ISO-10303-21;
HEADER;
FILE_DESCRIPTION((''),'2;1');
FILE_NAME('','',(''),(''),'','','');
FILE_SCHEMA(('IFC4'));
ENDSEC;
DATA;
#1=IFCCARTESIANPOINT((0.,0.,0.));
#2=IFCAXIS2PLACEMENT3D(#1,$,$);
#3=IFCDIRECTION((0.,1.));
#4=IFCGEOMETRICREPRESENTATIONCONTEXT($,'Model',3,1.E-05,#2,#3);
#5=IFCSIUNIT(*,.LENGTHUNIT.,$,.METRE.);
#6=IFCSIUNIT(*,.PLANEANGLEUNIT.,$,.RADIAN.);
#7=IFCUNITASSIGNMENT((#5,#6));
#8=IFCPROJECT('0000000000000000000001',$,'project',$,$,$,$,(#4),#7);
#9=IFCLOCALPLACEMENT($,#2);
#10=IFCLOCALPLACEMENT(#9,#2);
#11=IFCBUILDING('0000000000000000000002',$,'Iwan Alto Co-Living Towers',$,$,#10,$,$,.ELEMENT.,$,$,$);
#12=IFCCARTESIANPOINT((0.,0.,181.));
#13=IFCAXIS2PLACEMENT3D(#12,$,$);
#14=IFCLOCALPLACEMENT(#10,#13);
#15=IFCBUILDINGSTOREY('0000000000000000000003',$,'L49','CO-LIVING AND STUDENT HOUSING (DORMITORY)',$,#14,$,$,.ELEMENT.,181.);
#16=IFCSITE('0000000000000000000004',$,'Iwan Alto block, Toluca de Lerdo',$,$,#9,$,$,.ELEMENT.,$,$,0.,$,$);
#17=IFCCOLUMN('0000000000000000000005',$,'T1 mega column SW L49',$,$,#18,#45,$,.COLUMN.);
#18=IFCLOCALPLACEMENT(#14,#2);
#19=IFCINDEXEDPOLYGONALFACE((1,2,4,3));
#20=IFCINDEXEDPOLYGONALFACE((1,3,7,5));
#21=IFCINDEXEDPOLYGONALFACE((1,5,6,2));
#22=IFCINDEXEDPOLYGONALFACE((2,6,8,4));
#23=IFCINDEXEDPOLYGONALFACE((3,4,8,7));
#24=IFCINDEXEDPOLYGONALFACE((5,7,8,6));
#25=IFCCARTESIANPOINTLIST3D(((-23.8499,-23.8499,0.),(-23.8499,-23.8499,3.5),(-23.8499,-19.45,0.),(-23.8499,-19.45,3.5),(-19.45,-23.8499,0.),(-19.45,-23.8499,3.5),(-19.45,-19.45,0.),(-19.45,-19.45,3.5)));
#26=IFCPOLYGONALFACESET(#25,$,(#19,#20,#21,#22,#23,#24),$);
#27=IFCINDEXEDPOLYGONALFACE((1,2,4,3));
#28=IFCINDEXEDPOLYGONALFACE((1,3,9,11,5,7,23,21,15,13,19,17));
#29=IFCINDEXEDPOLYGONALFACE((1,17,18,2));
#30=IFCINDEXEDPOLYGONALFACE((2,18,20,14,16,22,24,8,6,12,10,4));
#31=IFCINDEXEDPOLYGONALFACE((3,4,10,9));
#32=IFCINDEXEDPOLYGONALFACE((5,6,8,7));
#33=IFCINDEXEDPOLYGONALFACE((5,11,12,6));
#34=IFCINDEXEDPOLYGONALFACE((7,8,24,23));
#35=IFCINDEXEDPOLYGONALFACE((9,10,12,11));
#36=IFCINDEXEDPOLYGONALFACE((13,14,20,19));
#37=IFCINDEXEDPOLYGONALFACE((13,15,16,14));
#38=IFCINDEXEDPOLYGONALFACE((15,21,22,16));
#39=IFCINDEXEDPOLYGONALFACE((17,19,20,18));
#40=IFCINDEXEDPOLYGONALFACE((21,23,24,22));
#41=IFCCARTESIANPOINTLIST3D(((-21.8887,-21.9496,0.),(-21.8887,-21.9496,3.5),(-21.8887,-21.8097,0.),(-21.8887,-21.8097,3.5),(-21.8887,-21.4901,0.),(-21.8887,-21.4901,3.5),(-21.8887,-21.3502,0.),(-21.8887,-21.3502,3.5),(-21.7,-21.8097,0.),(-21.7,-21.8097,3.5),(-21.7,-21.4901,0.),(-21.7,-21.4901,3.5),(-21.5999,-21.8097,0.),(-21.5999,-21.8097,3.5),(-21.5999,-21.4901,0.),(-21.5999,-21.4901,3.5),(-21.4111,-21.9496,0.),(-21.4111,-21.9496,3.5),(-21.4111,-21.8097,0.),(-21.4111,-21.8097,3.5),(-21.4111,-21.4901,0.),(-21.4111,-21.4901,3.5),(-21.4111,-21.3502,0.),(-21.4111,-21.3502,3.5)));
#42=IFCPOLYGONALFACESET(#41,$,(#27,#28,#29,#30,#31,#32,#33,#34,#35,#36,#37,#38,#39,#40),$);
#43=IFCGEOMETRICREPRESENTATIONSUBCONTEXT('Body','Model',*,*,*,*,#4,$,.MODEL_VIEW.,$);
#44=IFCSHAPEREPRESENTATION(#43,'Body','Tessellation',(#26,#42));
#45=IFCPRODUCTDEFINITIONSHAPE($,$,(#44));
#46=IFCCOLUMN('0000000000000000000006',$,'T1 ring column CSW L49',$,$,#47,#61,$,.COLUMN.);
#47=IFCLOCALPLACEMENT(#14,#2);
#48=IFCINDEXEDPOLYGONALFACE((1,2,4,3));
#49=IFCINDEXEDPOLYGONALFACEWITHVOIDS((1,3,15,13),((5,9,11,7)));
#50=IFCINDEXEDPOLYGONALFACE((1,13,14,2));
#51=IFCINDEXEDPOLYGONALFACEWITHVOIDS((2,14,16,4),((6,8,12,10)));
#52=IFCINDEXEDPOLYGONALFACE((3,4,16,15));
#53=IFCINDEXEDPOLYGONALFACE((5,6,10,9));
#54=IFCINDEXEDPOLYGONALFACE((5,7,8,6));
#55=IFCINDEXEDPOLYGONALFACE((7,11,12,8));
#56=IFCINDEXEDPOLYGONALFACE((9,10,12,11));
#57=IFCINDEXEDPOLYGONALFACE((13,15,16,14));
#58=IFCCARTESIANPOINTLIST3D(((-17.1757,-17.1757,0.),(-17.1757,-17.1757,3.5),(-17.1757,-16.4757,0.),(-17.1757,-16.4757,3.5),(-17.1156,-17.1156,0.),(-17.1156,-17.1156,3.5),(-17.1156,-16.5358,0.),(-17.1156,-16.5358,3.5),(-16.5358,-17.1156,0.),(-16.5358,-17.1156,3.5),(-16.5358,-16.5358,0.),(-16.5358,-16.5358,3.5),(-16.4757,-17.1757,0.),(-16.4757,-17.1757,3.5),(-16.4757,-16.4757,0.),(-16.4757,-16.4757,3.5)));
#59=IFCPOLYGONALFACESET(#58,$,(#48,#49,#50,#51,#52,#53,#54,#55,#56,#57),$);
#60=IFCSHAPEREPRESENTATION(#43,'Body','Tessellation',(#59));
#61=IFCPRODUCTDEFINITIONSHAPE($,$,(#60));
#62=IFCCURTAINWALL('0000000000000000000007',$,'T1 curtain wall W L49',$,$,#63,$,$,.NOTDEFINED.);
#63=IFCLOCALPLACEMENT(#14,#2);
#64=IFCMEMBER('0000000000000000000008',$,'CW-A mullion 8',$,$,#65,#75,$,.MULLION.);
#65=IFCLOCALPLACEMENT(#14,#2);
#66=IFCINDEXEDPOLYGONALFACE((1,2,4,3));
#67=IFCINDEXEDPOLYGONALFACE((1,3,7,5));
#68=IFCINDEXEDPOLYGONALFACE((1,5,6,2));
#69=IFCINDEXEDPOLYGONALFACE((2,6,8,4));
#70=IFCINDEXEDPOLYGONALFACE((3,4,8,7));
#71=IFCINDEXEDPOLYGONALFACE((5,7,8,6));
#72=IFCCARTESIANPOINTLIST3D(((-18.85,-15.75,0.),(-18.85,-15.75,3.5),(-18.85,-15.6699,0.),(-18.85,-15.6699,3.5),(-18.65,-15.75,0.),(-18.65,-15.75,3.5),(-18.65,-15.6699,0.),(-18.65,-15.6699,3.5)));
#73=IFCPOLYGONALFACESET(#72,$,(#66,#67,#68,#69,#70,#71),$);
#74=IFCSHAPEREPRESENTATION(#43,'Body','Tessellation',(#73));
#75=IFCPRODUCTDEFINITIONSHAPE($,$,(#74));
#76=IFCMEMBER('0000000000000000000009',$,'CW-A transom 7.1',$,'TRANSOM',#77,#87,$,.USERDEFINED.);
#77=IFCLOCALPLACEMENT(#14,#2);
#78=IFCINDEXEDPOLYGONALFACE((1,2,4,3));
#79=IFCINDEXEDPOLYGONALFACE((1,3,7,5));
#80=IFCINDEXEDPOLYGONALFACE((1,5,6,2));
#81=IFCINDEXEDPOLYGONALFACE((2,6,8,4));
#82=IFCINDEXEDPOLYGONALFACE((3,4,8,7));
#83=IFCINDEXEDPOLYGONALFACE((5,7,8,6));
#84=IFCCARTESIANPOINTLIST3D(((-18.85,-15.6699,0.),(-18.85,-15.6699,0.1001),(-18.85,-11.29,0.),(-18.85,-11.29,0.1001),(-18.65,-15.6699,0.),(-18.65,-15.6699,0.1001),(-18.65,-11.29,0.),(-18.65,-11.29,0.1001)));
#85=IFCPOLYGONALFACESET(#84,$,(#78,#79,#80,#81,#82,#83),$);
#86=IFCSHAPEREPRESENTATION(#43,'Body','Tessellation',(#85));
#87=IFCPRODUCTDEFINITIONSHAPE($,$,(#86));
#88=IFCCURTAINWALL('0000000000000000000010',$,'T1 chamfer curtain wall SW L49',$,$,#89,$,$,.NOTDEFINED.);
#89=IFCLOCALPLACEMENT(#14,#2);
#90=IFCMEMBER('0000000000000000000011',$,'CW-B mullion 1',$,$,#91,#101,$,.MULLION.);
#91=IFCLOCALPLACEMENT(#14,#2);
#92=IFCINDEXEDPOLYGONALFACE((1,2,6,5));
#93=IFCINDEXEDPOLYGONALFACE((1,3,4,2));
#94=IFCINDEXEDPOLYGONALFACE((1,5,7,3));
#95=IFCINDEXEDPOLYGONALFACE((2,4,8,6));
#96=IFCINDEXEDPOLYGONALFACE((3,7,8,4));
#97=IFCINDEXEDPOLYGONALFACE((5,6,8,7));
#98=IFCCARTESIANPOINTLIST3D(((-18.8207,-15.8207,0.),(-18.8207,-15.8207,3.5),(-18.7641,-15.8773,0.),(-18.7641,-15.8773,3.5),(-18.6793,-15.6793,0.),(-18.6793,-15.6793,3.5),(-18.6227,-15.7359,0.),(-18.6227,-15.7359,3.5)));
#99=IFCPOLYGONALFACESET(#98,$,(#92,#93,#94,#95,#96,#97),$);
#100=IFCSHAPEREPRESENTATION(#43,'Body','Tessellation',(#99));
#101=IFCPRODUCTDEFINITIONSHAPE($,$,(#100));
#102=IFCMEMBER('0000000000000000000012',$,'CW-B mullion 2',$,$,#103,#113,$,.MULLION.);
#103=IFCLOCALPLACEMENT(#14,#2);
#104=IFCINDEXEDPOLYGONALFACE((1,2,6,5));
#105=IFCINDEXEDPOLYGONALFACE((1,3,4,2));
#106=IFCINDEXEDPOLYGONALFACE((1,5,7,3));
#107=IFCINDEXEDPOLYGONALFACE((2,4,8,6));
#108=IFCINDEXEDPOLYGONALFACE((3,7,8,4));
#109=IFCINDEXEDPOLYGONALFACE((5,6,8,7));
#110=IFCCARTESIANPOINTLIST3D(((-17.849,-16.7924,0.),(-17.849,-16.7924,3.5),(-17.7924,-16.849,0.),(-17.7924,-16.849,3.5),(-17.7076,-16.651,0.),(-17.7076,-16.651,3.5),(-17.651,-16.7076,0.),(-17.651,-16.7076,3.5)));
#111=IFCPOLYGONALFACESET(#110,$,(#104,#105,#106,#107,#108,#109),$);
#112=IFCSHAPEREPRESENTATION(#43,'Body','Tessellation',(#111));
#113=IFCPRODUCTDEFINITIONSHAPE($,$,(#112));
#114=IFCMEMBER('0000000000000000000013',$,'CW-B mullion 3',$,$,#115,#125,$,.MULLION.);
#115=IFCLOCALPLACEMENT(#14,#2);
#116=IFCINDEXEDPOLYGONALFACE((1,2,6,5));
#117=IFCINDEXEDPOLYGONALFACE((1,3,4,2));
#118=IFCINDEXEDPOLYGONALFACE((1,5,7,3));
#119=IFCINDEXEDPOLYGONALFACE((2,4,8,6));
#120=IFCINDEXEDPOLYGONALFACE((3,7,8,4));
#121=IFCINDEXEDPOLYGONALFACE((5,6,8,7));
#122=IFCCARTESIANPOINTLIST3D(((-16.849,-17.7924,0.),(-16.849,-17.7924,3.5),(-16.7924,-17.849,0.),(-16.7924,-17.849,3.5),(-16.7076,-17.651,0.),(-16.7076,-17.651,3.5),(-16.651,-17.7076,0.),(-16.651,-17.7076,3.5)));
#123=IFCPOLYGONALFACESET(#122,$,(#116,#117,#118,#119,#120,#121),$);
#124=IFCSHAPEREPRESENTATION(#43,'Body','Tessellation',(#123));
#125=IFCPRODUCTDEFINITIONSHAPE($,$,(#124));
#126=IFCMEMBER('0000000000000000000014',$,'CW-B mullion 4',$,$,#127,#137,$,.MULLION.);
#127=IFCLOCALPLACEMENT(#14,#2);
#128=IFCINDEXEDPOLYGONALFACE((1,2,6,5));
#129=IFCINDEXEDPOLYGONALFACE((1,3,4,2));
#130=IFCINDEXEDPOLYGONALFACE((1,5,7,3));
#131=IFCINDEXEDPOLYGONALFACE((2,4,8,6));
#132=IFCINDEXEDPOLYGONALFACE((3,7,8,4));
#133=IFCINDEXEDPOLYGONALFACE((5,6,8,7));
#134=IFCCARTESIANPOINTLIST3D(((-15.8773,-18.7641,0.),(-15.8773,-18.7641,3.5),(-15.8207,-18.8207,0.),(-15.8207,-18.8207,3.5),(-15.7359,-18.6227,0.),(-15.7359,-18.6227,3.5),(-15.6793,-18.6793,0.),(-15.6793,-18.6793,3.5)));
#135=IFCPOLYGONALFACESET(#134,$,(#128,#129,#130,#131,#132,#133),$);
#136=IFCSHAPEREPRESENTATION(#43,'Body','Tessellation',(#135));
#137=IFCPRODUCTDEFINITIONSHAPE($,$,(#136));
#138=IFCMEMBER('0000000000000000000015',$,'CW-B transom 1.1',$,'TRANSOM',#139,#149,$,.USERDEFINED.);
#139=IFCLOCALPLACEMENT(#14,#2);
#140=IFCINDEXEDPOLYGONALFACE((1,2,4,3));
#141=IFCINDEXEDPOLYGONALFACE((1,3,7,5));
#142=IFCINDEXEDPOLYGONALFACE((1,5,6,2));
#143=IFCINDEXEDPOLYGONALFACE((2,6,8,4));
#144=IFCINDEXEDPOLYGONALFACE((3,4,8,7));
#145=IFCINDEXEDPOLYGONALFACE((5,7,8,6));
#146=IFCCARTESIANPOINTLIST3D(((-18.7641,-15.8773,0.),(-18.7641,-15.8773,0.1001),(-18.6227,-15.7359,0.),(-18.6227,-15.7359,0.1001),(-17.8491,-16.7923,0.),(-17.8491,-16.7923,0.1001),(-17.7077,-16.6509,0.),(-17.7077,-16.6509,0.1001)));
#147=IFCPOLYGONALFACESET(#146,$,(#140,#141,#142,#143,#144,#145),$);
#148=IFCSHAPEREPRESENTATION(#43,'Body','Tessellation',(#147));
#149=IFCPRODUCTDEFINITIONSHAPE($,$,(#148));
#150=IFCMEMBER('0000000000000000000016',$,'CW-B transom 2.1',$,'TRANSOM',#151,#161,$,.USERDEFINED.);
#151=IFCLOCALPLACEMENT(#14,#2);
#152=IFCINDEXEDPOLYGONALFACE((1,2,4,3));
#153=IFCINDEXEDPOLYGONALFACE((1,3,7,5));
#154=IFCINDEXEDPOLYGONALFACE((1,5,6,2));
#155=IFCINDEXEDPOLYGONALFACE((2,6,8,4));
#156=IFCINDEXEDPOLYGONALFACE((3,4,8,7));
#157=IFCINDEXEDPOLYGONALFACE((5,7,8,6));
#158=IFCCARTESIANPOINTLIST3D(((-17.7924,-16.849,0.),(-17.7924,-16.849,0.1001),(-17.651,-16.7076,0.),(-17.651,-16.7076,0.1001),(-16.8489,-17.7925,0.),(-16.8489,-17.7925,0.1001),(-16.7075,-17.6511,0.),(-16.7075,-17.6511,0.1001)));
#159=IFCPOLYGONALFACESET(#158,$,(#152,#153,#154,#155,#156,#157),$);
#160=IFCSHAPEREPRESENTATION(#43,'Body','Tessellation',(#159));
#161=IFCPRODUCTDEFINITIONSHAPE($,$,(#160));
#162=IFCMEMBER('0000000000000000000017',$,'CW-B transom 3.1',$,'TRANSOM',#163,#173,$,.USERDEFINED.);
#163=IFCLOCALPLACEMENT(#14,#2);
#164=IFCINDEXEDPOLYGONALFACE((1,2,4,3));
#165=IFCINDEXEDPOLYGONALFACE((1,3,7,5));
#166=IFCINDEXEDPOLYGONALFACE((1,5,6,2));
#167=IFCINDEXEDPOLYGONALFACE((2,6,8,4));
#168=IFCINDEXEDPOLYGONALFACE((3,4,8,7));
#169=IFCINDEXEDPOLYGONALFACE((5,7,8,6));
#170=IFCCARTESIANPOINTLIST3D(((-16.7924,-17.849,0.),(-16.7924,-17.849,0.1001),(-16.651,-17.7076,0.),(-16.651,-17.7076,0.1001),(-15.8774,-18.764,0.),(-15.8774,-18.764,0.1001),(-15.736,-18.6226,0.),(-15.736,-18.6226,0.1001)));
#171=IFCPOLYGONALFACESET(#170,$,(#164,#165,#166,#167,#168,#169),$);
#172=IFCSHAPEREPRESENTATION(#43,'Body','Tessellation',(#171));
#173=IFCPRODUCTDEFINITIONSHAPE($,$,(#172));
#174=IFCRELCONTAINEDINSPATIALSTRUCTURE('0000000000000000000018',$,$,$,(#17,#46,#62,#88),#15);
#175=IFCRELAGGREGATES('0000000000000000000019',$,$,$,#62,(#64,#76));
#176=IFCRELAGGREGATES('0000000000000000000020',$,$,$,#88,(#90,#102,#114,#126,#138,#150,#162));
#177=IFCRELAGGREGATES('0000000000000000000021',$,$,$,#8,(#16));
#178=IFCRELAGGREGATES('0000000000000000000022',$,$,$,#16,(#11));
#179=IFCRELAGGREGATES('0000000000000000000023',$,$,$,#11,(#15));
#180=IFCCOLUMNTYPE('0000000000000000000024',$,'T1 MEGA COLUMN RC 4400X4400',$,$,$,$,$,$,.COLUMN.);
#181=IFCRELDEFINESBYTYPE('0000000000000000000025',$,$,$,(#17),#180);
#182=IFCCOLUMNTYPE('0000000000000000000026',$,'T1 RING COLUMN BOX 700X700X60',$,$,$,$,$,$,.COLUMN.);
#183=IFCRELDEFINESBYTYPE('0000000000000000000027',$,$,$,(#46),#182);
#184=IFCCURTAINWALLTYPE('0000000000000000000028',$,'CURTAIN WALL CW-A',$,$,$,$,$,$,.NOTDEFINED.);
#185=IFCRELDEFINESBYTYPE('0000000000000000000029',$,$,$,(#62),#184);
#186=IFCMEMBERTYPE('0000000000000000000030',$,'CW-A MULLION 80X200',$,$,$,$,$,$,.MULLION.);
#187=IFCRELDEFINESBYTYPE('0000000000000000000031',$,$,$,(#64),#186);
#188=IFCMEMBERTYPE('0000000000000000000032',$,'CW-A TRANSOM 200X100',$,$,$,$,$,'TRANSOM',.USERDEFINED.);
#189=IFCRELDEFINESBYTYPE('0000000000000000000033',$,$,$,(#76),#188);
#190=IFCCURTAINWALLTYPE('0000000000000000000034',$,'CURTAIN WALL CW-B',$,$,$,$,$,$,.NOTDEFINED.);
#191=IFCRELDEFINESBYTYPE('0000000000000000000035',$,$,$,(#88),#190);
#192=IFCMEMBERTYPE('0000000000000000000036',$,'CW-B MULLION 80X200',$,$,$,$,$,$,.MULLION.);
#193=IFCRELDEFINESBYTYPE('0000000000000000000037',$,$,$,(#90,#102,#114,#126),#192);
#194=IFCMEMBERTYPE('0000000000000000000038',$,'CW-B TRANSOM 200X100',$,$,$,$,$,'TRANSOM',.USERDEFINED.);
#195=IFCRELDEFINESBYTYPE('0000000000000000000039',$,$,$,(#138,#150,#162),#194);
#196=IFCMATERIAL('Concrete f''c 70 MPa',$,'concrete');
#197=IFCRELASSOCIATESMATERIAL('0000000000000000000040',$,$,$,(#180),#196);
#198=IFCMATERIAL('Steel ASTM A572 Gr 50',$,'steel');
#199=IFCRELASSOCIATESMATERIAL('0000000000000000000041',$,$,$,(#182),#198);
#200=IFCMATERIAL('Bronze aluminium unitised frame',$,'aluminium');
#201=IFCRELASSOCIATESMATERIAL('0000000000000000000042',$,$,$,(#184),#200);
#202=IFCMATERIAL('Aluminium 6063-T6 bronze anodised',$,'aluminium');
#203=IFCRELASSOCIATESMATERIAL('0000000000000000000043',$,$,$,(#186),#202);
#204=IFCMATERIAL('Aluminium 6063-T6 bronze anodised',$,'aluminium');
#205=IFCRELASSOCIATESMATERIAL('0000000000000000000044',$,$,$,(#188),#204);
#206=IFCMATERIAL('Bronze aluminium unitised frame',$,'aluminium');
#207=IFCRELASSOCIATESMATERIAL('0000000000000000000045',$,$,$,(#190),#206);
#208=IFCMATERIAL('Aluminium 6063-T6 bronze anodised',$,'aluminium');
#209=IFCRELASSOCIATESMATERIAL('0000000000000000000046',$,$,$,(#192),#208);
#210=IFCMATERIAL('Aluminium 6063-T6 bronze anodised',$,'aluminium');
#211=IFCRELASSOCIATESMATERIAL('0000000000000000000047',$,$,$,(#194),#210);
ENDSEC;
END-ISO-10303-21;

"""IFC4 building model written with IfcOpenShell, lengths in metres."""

from ifc_helpers import new_model, si_unit, direction, frame, origin, origin_2d, place, context, subcontext, project, spatial, rectangle, hollow_rectangle, i_section, extrude, material, material_profile, profile_set, type_object, element, aggregate, save


model = new_model("IFC4")

# Units and contexts
model_context = context("Model", 3, precision=1e-05, world=origin(), true_north=direction((0.0, 1.0)))
body_context = subcontext(model_context, "Body", "Model", "MODEL_VIEW")
ifc_project = project(units=[si_unit("LENGTHUNIT", "METRE"), si_unit("PLANEANGLEUNIT", "RADIAN")], contexts=[model_context])

# Site, building, storey
site_placement = place(None, origin())
site = spatial("IfcSite", under=ifc_project, at=site_placement, Name="Iwan Alto block, Toluca de Lerdo", CompositionType="ELEMENT", RefElevation=0.0)
building_placement = place(site_placement, origin())
building = spatial("IfcBuilding", under=site, at=building_placement, Name="Iwan Alto Co-Living Towers", CompositionType="ELEMENT")
storey_placement = place(building_placement, frame((0.0, 0.0, 181.0)))
storey = spatial("IfcBuildingStorey", under=building, at=storey_placement, Name="L49", Description="CO-LIVING AND STUDENT HOUSING (DORMITORY)", CompositionType="ELEMENT", Elevation=181.0)

# Columns
ifc_material_1 = material(Name="Concrete f'c 70 MPa", Category="concrete")
ifc_material_profile_1 = material_profile(ifc_material_1, rectangle(XDim=4.3999, YDim=4.3999, at=origin_2d()), Name="RC 4400X4400")
ifc_profile_set_1 = profile_set([ifc_material_profile_1], Name="Concrete f'c 70 MPa")
column_type_1 = type_object("IfcColumnType", Name="T1 MEGA COLUMN RC 4400X4400", PredefinedType="COLUMN", material=ifc_profile_set_1)
column_1_placement = place(storey_placement, frame((-21.6499, -21.6499, 0.0), z_axis=(0.0, 0.0, 1.0), x_axis=(1.0, 0.0, 0.0)))
element("IfcColumn", 1, at=column_1_placement, inside=storey, type_object=column_type_1, Name="T1 mega column SW L49", PredefinedType="COLUMN", context=body_context, shape_type="SweptSolid", body=[
    extrude(rectangle(XDim=4.3999, YDim=4.3999, at=origin_2d()), origin(), (0.0, 0.0, 1.0), 3.5),
    extrude(i_section(OverallWidth=0.4775, OverallDepth=0.5994, WebThickness=0.1001, FlangeThickness=0.1399, at=origin_2d()), origin(), (0.0, 0.0, 1.0), 3.5),
])
ifc_material_2 = material(Name="Steel ASTM A572 Gr 50", Category="steel")
ifc_material_profile_2 = material_profile(ifc_material_2, hollow_rectangle(XDim=0.7, YDim=0.7, WallThickness=0.0601, at=origin_2d()), Name="BOX 700X700X60")
ifc_profile_set_2 = profile_set([ifc_material_profile_2], Name="Steel ASTM A572 Gr 50")
column_type_2 = type_object("IfcColumnType", Name="T1 RING COLUMN BOX 700X700X60", PredefinedType="COLUMN", material=ifc_profile_set_2)
column_2_placement = place(storey_placement, frame((-16.8257, -16.8257, 0.0), z_axis=(0.0, 0.0, 1.0), x_axis=(1.0, 0.0, 0.0)))
element("IfcColumn", 2, at=column_2_placement, inside=storey, type_object=column_type_2, Name="T1 ring column CSW L49", PredefinedType="COLUMN", context=body_context, shape_type="SweptSolid", body=[
    extrude(hollow_rectangle(XDim=0.7, YDim=0.7, WallThickness=0.0601, at=origin_2d()), origin(), (0.0, 0.0, 1.0), 3.5),
])

# Curtain walls, members
ifc_material_3 = material(Name="Bronze aluminium unitised frame", Category="aluminium")
curtain_wall_type_1 = type_object("IfcCurtainWallType", Name="CURTAIN WALL CW-A", PredefinedType="NOTDEFINED", material=ifc_material_3)
curtain_wall_1_placement = place(storey_placement, origin())
curtain_wall_1 = element("IfcCurtainWall", 3, at=curtain_wall_1_placement, inside=storey, type_object=curtain_wall_type_1, Name="T1 curtain wall W L49", PredefinedType="NOTDEFINED")
ifc_material_4 = material(Name="Aluminium 6063-T6 bronze anodised", Category="aluminium")
ifc_material_profile_3 = material_profile(ifc_material_4, rectangle(XDim=0.2, YDim=0.0801, at=origin_2d()), Name="AL 80X200")
ifc_profile_set_3 = profile_set([ifc_material_profile_3], Name="Aluminium 6063-T6 bronze anodised")
member_type_1 = type_object("IfcMemberType", Name="CW-A MULLION 80X200", PredefinedType="MULLION", material=ifc_profile_set_3)
member_1_placement = place(storey_placement, frame((-18.75, -15.71, 0.0), z_axis=(0.0, 0.0, 1.0), x_axis=(1.0, 0.0, 0.0)))
member_1 = element("IfcMember", 4, at=member_1_placement, type_object=member_type_1, Name="CW-A mullion 8", PredefinedType="MULLION", context=body_context, shape_type="SweptSolid", body=[
    extrude(rectangle(XDim=0.2, YDim=0.0801, at=origin_2d()), origin(), (0.0, 0.0, 1.0), 3.5),
])
ifc_material_5 = material(Name="Aluminium 6063-T6 bronze anodised", Category="aluminium")
ifc_material_profile_4 = material_profile(ifc_material_5, rectangle(XDim=0.2, YDim=0.1001, at=origin_2d()), Name="AL 200X100")
ifc_profile_set_4 = profile_set([ifc_material_profile_4], Name="Aluminium 6063-T6 bronze anodised")
member_type_2 = type_object("IfcMemberType", Name="CW-A TRANSOM 200X100", ElementType="TRANSOM", PredefinedType="USERDEFINED", material=ifc_profile_set_4)
member_2_placement = place(storey_placement, frame((-18.75, -11.29, 0.05), z_axis=(0.0, -1.0, 0.0), x_axis=(1.0, 0.0, 0.0)))
member_2 = element("IfcMember", 5, at=member_2_placement, type_object=member_type_2, Name="CW-A transom 7.1", ObjectType="TRANSOM", PredefinedType="USERDEFINED", context=body_context, shape_type="SweptSolid", body=[
    extrude(rectangle(XDim=0.2, YDim=0.1001, at=origin_2d()), origin(), (0.0, 0.0, 1.0), 4.3799),
])
ifc_material_6 = material(Name="Bronze aluminium unitised frame", Category="aluminium")
curtain_wall_type_2 = type_object("IfcCurtainWallType", Name="CURTAIN WALL CW-B", PredefinedType="NOTDEFINED", material=ifc_material_6)
curtain_wall_2_placement = place(storey_placement, origin())
curtain_wall_2 = element("IfcCurtainWall", 6, at=curtain_wall_2_placement, inside=storey, type_object=curtain_wall_type_2, Name="T1 chamfer curtain wall SW L49", PredefinedType="NOTDEFINED")
ifc_material_7 = material(Name="Aluminium 6063-T6 bronze anodised", Category="aluminium")
ifc_material_profile_5 = material_profile(ifc_material_7, rectangle(XDim=0.2, YDim=0.0801, at=origin_2d()), Name="AL 80X200")
ifc_profile_set_5 = profile_set([ifc_material_profile_5], Name="Aluminium 6063-T6 bronze anodised")
member_type_3 = type_object("IfcMemberType", Name="CW-B MULLION 80X200", PredefinedType="MULLION", material=ifc_profile_set_5)
member_3_placement = place(storey_placement, frame((-18.7217, -15.7783, 0.0), z_axis=(0.0, 0.0, 1.0), x_axis=(0.707107, 0.707107, 0.0)))
member_3 = element("IfcMember", 7, at=member_3_placement, type_object=member_type_3, Name="CW-B mullion 1", PredefinedType="MULLION", context=body_context, shape_type="SweptSolid", body=[
    extrude(rectangle(XDim=0.2, YDim=0.0801, at=origin_2d()), origin(), (0.0, 0.0, 1.0), 3.5),
])
member_4_placement = place(storey_placement, frame((-17.75, -16.75, 0.0), z_axis=(0.0, 0.0, 1.0), x_axis=(0.707107, 0.707107, 0.0)))
member_4 = element("IfcMember", 8, at=member_4_placement, type_object=member_type_3, Name="CW-B mullion 2", PredefinedType="MULLION", context=body_context, shape_type="SweptSolid", body=[
    extrude(rectangle(XDim=0.2, YDim=0.0801, at=origin_2d()), origin(), (0.0, 0.0, 1.0), 3.5),
])
member_5_placement = place(storey_placement, frame((-16.75, -17.75, 0.0), z_axis=(0.0, 0.0, 1.0), x_axis=(0.707107, 0.707107, 0.0)))
member_5 = element("IfcMember", 9, at=member_5_placement, type_object=member_type_3, Name="CW-B mullion 3", PredefinedType="MULLION", context=body_context, shape_type="SweptSolid", body=[
    extrude(rectangle(XDim=0.2, YDim=0.0801, at=origin_2d()), origin(), (0.0, 0.0, 1.0), 3.5),
])
member_6_placement = place(storey_placement, frame((-15.7783, -18.7217, 0.0), z_axis=(0.0, 0.0, 1.0), x_axis=(0.707107, 0.707107, 0.0)))
member_6 = element("IfcMember", 10, at=member_6_placement, type_object=member_type_3, Name="CW-B mullion 4", PredefinedType="MULLION", context=body_context, shape_type="SweptSolid", body=[
    extrude(rectangle(XDim=0.2, YDim=0.0801, at=origin_2d()), origin(), (0.0, 0.0, 1.0), 3.5),
])
ifc_material_8 = material(Name="Aluminium 6063-T6 bronze anodised", Category="aluminium")
ifc_material_profile_6 = material_profile(ifc_material_8, rectangle(XDim=0.2, YDim=0.1001, at=origin_2d()), Name="AL 200X100")
ifc_profile_set_6 = profile_set([ifc_material_profile_6], Name="Aluminium 6063-T6 bronze anodised")
member_type_4 = type_object("IfcMemberType", Name="CW-B TRANSOM 200X100", ElementType="TRANSOM", PredefinedType="USERDEFINED", material=ifc_profile_set_6)
member_7_placement = place(storey_placement, frame((-18.6934, -15.8066, 0.05), z_axis=(0.707107, -0.707107, 0.0), x_axis=(0.707107, 0.707107, 0.0)))
member_7 = element("IfcMember", 11, at=member_7_placement, type_object=member_type_4, Name="CW-B transom 1.1", ObjectType="TRANSOM", PredefinedType="USERDEFINED", context=body_context, shape_type="SweptSolid", body=[
    extrude(rectangle(XDim=0.2, YDim=0.1001, at=origin_2d()), origin(), (0.0, 0.0, 1.0), 1.2939),
])
member_8_placement = place(storey_placement, frame((-17.7217, -16.7783, 0.05), z_axis=(0.707107, -0.707107, 0.0), x_axis=(0.707107, 0.707107, 0.0)))
member_8 = element("IfcMember", 12, at=member_8_placement, type_object=member_type_4, Name="CW-B transom 2.1", ObjectType="TRANSOM", PredefinedType="USERDEFINED", context=body_context, shape_type="SweptSolid", body=[
    extrude(rectangle(XDim=0.2, YDim=0.1001, at=origin_2d()), origin(), (0.0, 0.0, 1.0), 1.3342),
])
member_9_placement = place(storey_placement, frame((-16.7217, -17.7783, 0.05), z_axis=(0.707107, -0.707107, 0.0), x_axis=(0.707107, 0.707107, 0.0)))
member_9 = element("IfcMember", 13, at=member_9_placement, type_object=member_type_4, Name="CW-B transom 3.1", ObjectType="TRANSOM", PredefinedType="USERDEFINED", context=body_context, shape_type="SweptSolid", body=[
    extrude(rectangle(XDim=0.2, YDim=0.1001, at=origin_2d()), origin(), (0.0, 0.0, 1.0), 1.2939),
])

aggregate(curtain_wall_1, [member_1, member_2])
aggregate(curtain_wall_2, [member_3, member_4, member_5, member_6, member_7, member_8, member_9])

save(model, "model.ifc")
